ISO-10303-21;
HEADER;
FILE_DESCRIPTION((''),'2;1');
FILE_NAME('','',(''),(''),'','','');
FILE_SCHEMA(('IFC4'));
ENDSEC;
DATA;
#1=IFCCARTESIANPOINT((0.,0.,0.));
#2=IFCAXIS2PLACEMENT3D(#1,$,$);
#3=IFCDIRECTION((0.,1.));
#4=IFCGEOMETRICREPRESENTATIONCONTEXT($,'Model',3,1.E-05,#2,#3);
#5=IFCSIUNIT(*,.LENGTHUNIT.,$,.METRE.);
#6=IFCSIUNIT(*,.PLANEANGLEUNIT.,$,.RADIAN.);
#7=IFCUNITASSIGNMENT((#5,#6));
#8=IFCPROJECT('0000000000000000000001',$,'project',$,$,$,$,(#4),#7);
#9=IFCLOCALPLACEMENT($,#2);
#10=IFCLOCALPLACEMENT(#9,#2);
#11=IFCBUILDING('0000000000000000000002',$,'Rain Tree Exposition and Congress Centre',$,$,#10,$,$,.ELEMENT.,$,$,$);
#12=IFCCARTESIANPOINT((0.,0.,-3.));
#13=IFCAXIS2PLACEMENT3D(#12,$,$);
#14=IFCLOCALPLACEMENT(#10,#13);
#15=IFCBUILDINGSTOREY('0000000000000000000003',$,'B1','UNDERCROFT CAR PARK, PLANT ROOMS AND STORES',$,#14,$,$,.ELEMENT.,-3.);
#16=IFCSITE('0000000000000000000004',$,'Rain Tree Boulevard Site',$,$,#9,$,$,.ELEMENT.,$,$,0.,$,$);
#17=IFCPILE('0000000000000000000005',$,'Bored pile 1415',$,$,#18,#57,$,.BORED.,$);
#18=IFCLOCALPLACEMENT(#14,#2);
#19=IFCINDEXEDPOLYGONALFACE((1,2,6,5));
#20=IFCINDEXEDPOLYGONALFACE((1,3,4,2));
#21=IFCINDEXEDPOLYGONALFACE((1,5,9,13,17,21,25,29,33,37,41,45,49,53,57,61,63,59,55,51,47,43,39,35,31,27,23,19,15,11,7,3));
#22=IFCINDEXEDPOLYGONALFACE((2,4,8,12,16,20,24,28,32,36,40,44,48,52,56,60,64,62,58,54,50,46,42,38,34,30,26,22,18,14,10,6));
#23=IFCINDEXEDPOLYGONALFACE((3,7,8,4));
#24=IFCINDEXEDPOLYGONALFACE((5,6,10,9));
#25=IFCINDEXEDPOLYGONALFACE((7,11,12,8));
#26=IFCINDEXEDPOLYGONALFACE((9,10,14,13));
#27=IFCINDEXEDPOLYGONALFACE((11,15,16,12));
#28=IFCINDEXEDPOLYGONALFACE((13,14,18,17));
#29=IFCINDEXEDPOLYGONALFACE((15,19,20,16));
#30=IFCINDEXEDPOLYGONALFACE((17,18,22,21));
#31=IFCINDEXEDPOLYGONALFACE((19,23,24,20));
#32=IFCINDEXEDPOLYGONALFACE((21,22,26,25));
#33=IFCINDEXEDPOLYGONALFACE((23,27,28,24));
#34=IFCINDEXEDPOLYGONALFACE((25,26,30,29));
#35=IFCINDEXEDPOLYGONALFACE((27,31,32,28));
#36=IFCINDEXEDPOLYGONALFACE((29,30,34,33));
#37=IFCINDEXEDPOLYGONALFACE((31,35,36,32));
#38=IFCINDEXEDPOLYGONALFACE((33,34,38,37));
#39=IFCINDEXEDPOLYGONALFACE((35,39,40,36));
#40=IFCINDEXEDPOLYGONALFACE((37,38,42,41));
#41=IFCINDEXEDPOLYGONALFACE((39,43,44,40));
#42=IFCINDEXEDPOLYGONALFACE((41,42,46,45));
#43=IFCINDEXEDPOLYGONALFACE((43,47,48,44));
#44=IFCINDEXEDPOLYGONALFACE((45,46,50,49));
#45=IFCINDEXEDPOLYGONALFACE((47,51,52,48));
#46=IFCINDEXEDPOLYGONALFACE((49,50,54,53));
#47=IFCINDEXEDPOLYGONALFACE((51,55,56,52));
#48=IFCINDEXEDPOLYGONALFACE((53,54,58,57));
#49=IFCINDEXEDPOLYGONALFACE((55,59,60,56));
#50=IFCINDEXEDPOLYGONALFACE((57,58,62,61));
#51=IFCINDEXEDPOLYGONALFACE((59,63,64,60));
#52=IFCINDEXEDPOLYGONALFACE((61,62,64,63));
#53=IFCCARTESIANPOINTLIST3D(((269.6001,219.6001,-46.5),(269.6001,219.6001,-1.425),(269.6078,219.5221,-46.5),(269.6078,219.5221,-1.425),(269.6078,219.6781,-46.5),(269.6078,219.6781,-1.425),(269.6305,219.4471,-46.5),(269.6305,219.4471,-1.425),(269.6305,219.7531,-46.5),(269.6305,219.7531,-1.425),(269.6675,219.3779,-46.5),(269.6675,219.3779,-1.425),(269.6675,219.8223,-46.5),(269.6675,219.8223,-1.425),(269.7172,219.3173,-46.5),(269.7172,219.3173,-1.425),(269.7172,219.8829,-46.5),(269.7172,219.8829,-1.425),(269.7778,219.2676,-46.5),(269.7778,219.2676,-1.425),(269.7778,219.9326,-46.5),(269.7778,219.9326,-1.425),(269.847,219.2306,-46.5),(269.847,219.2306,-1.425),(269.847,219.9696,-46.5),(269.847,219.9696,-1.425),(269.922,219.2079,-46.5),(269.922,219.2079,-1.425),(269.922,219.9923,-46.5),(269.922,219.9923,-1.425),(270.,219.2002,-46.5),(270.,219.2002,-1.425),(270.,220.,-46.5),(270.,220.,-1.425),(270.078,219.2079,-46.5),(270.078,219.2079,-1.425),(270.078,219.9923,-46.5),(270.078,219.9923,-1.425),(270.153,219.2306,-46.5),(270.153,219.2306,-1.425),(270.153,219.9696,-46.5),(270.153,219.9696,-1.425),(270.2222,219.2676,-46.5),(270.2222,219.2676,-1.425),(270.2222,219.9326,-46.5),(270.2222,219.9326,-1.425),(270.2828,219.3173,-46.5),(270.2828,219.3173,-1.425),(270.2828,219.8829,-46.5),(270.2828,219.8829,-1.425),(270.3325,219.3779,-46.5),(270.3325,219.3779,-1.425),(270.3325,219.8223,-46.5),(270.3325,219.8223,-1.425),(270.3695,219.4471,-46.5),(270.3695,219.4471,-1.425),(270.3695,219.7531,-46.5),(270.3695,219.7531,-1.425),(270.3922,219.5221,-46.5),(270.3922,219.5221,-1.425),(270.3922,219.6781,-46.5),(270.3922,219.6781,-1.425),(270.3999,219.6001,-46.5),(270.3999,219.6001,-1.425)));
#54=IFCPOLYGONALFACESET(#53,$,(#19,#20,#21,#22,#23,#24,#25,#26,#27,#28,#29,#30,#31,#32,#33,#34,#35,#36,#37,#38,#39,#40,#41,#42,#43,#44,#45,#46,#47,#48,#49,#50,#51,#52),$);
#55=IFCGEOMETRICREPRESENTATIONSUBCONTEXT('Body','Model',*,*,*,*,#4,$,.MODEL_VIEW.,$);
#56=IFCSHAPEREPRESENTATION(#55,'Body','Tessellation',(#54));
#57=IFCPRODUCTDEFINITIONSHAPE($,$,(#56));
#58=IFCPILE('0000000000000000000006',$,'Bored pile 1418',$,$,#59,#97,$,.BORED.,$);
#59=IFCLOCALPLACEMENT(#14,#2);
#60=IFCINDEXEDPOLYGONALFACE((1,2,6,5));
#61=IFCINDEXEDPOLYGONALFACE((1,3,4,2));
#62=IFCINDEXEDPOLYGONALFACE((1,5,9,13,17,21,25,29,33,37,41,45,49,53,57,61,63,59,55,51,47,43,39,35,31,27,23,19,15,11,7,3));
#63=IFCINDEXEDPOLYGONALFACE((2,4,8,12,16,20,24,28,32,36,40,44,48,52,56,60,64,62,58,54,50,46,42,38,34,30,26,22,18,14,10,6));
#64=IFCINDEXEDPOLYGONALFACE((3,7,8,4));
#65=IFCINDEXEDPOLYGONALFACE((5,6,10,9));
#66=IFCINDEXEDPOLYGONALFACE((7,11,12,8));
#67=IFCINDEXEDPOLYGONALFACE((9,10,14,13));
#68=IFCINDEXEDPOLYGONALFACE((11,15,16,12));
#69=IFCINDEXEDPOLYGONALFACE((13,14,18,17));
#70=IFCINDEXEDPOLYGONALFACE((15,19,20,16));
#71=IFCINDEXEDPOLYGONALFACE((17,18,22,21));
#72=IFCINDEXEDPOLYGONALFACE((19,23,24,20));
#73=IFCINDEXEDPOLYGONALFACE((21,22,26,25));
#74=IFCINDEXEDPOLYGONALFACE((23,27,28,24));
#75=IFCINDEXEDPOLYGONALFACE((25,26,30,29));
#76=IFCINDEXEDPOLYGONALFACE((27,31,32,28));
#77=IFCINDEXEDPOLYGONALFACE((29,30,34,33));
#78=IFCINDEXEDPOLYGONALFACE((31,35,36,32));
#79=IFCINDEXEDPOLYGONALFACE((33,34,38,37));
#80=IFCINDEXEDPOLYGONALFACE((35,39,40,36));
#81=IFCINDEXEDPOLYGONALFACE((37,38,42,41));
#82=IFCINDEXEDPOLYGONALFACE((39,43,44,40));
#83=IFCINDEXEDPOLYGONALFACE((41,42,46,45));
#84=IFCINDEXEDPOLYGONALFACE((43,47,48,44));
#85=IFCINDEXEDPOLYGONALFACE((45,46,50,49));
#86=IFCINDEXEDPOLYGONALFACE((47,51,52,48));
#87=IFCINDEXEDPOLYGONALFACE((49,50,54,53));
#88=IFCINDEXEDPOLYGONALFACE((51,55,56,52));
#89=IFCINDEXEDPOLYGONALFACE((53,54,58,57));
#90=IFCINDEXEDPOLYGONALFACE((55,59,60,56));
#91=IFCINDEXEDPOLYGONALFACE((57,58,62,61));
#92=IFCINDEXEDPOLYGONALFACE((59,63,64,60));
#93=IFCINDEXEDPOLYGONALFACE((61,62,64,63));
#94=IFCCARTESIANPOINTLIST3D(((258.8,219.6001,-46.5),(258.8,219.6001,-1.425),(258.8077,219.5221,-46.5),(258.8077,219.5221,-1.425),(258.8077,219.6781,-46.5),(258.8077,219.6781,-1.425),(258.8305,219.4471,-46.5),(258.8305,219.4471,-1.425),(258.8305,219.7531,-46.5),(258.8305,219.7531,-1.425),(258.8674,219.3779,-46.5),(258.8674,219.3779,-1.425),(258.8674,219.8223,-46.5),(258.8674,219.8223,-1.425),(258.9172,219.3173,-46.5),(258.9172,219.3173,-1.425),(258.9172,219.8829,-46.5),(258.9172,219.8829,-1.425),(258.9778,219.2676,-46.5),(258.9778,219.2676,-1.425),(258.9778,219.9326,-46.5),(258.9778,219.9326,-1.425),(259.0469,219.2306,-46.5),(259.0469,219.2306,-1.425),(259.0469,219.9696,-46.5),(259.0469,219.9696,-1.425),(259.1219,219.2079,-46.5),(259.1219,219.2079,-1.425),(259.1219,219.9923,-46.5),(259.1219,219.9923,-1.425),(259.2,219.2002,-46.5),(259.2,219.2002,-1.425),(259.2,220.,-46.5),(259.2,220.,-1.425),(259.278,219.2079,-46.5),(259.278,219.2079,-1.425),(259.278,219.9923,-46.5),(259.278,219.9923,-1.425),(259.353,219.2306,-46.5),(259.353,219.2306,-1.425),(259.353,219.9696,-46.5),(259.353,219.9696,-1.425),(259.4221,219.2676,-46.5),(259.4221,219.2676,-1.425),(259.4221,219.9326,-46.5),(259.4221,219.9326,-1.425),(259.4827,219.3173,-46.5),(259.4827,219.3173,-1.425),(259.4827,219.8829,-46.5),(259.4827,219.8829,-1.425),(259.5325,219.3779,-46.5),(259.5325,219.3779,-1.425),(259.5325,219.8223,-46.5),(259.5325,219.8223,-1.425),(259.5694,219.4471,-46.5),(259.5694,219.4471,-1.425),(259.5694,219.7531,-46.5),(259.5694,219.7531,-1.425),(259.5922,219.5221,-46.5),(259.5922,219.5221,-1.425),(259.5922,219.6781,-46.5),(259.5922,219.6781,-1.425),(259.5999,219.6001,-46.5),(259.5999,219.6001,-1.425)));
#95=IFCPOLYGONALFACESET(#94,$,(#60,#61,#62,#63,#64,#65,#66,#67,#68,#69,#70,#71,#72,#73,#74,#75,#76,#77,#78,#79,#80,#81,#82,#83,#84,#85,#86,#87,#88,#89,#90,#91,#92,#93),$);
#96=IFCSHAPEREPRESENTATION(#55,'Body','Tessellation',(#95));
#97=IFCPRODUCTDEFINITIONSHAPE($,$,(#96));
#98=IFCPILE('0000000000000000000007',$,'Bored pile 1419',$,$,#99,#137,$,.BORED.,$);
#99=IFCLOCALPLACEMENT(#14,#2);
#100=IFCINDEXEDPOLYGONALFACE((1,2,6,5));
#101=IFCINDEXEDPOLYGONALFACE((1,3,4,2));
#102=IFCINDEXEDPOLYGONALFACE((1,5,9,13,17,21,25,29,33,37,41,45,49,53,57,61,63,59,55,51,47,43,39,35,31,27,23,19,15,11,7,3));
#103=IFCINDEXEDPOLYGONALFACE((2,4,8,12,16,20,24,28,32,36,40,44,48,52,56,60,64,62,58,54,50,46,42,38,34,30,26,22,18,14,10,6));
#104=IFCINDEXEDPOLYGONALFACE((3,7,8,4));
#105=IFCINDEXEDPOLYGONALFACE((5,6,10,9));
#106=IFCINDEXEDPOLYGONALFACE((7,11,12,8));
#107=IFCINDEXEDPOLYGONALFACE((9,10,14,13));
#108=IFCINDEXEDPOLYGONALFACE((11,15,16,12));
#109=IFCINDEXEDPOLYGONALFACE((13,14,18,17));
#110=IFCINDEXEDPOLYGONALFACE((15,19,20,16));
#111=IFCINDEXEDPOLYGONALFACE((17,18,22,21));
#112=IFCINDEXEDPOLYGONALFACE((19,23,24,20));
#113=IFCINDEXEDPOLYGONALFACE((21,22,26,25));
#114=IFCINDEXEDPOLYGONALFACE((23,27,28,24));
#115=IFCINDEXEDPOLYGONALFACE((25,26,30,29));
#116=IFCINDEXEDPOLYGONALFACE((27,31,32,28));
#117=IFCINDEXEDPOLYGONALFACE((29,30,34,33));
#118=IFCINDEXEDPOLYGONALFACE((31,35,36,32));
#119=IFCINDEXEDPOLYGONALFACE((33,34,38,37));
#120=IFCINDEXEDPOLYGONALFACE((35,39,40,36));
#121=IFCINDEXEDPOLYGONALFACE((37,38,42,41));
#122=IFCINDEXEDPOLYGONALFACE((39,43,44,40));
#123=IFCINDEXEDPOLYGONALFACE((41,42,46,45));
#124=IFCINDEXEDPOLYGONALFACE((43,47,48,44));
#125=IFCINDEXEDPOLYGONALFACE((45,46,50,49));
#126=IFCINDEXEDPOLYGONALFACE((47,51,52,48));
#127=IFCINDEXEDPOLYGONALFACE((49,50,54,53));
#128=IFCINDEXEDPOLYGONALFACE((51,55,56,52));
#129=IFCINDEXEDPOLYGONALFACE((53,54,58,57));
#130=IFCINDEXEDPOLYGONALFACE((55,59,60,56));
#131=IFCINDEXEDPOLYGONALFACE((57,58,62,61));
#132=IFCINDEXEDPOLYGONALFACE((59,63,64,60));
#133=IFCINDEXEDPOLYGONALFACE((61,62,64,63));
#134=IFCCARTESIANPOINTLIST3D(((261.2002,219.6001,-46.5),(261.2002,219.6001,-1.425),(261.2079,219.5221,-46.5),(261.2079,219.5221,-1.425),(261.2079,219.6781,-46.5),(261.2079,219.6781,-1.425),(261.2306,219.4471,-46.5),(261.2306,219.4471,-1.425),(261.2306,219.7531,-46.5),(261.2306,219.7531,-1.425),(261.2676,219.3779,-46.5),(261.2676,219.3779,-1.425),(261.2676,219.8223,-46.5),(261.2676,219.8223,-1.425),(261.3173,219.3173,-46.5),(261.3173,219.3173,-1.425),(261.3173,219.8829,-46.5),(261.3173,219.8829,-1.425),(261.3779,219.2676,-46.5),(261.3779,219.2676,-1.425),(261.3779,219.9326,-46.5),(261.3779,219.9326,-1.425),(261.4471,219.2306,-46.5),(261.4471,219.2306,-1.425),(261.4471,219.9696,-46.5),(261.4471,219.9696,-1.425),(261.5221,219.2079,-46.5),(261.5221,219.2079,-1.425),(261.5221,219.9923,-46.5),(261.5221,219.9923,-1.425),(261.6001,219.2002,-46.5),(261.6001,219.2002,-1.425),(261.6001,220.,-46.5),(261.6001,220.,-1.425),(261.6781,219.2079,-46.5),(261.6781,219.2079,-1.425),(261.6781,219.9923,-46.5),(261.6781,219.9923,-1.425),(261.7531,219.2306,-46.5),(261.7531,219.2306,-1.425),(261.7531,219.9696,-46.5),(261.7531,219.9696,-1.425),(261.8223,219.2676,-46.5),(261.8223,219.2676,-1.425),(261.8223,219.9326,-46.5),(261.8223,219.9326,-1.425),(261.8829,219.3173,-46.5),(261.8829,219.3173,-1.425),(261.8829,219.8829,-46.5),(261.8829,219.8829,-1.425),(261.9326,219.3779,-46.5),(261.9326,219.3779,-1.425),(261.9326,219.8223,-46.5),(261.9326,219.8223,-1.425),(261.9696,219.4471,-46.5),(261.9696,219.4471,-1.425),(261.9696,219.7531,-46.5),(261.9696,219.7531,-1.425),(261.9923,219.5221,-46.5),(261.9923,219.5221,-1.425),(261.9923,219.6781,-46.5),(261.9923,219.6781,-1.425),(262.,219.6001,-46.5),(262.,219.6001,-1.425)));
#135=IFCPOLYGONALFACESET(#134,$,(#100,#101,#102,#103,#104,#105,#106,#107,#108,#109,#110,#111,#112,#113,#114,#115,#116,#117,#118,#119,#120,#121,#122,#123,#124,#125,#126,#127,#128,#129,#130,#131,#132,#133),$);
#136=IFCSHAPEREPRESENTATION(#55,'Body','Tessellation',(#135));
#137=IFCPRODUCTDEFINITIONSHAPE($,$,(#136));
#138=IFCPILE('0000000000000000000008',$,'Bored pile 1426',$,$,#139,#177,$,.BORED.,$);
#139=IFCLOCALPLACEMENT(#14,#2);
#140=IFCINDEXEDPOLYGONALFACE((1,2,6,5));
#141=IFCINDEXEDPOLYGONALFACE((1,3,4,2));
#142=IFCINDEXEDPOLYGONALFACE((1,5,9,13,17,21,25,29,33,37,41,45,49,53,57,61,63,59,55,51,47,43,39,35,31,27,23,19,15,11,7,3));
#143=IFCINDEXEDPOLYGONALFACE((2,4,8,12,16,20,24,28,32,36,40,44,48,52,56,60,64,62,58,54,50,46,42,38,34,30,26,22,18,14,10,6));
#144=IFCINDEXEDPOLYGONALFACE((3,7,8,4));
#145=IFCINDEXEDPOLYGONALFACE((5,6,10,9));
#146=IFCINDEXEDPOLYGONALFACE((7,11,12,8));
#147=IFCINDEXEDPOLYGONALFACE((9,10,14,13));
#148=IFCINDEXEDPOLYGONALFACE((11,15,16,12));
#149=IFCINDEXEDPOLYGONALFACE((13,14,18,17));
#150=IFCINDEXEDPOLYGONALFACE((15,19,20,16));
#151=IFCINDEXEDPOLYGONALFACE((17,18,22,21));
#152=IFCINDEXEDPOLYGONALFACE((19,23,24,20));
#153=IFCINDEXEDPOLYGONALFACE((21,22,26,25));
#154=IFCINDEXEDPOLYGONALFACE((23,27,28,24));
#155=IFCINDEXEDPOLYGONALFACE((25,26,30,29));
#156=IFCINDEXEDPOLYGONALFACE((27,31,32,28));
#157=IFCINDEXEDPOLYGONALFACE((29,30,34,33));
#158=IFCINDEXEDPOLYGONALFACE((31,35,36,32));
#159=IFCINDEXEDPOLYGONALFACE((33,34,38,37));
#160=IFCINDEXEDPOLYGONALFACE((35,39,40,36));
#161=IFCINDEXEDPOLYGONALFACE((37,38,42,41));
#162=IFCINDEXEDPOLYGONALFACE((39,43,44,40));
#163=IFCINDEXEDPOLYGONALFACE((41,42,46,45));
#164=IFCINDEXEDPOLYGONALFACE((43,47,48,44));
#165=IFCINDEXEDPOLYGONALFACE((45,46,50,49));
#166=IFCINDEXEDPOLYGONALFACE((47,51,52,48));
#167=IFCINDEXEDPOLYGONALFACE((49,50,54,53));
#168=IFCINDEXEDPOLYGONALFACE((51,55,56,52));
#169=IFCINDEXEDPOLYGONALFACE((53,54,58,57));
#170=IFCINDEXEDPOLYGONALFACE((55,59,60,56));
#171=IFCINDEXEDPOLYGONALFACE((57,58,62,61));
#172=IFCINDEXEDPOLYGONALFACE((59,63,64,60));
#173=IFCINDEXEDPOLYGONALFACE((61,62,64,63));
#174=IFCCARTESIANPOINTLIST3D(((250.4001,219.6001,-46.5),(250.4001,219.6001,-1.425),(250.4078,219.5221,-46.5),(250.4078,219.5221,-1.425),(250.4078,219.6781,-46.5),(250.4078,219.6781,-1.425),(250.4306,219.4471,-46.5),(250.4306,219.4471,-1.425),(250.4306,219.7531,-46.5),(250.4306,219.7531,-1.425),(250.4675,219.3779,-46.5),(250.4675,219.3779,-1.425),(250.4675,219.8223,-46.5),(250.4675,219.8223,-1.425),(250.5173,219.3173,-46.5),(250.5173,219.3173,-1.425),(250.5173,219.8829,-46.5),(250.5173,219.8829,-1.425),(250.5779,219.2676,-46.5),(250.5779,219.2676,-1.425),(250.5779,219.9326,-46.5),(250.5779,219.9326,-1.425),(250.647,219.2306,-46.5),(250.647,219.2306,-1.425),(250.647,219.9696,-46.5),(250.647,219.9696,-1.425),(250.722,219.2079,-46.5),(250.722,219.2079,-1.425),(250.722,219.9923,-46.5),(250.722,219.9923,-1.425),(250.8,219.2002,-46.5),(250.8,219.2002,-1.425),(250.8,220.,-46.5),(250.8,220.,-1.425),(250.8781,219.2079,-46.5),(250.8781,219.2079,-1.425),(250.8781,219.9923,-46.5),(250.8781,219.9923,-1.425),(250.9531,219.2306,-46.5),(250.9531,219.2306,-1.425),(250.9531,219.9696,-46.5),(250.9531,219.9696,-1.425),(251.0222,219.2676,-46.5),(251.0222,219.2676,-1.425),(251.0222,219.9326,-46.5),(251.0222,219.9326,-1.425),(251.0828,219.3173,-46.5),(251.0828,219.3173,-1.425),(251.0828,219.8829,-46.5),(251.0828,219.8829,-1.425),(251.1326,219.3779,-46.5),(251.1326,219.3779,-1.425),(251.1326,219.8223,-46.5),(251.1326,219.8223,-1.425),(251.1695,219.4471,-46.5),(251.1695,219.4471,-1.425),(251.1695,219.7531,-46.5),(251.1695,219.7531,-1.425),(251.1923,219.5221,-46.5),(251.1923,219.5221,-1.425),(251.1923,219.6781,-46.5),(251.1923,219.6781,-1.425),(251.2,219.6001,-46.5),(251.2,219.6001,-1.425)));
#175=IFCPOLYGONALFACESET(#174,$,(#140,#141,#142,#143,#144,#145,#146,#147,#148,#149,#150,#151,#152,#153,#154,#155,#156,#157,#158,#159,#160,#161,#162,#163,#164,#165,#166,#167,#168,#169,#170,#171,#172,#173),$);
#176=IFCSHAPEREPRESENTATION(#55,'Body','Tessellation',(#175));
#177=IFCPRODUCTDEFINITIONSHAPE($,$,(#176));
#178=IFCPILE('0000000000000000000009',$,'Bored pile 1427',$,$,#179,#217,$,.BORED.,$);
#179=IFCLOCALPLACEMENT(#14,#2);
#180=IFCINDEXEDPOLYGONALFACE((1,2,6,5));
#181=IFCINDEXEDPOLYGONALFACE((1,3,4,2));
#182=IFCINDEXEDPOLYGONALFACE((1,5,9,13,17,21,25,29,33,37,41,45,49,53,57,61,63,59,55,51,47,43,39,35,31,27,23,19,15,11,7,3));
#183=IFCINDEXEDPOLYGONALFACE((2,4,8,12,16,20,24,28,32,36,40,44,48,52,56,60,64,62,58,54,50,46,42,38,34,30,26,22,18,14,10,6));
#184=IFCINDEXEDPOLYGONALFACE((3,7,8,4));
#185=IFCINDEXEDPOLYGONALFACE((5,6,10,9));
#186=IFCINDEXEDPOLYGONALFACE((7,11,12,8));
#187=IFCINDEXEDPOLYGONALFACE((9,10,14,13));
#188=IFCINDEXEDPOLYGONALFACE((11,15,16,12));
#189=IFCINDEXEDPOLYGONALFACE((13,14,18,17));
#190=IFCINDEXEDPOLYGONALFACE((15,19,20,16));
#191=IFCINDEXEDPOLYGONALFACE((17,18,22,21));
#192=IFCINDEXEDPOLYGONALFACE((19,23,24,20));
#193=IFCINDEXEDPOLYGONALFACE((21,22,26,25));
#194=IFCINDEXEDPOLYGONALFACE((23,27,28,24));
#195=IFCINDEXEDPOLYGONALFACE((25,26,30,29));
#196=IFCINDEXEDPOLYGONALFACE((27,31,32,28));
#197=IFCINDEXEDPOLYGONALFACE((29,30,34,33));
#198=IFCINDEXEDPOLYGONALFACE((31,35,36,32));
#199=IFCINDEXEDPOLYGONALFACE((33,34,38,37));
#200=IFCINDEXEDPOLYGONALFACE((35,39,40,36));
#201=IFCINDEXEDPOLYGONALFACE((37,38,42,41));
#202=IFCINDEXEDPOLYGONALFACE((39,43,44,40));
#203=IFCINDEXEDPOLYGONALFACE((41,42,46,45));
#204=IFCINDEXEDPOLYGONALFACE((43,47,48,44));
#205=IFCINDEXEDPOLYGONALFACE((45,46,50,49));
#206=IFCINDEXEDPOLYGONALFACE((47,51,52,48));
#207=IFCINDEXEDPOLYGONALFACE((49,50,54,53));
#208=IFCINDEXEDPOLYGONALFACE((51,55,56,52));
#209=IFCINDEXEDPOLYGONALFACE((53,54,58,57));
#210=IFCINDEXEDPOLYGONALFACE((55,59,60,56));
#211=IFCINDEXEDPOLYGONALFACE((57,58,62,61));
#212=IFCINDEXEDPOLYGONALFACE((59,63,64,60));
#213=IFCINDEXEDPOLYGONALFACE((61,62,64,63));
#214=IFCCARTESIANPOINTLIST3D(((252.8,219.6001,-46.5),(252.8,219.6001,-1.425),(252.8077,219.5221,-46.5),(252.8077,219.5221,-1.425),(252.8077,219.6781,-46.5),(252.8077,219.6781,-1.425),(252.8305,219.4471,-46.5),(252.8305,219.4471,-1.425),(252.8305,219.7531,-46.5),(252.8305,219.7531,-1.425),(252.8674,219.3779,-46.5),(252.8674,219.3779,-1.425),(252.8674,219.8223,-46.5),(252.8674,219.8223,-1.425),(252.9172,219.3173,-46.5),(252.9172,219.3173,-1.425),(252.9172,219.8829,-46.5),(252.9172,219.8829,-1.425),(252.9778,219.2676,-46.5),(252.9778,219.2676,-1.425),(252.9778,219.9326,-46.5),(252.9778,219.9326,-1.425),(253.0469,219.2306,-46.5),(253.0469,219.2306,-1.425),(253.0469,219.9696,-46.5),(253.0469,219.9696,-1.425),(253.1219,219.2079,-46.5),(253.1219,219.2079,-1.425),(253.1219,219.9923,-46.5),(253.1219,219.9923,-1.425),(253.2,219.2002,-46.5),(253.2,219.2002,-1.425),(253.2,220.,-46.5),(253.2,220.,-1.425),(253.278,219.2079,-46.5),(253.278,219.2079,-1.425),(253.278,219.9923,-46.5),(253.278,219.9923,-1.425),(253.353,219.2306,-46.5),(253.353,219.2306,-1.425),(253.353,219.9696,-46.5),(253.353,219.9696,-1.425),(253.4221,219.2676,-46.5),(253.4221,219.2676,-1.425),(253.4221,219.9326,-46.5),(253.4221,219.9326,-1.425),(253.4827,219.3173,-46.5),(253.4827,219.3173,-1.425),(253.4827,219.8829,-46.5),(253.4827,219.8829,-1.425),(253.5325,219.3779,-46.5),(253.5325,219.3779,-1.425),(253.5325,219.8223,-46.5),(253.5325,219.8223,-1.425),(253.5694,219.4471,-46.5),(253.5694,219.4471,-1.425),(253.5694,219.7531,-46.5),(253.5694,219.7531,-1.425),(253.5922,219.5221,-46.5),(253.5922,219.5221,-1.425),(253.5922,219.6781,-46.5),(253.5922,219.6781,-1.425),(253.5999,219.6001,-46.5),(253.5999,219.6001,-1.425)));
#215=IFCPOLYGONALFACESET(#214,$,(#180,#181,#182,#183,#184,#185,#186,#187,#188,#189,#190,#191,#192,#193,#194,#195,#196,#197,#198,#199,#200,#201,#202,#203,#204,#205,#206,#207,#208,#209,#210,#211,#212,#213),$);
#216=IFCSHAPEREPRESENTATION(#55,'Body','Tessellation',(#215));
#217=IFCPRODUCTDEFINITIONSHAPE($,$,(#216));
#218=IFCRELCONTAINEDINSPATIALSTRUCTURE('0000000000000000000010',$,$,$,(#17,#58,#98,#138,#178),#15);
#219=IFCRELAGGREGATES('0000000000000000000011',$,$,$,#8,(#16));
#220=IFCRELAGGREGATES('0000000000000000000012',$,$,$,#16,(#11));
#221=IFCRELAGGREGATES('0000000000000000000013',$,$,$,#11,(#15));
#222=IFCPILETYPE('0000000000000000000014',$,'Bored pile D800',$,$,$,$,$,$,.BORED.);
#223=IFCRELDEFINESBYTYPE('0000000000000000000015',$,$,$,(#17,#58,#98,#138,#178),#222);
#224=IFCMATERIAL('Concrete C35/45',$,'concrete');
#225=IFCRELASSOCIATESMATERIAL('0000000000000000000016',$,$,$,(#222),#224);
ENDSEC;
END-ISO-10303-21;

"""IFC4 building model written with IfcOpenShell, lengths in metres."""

from ifc_helpers import new_model, si_unit, direction, frame, origin, origin_2d, place, context, subcontext, project, spatial, circle, extrude, material, material_profile, profile_set, type_object, element, save


model = new_model("IFC4")

# Units and contexts
model_context = context("Model", 3, precision=1e-05, world=origin(), true_north=direction((0.0, 1.0)))
body_context = subcontext(model_context, "Body", "Model", "MODEL_VIEW")
ifc_project = project(units=[si_unit("LENGTHUNIT", "METRE"), si_unit("PLANEANGLEUNIT", "RADIAN")], contexts=[model_context])

# Site, building, storey
site_placement = place(None, origin())
site = spatial("IfcSite", under=ifc_project, at=site_placement, Name="Rain Tree Boulevard Site", CompositionType="ELEMENT", RefElevation=0.0)
building_placement = place(site_placement, origin())
building = spatial("IfcBuilding", under=site, at=building_placement, Name="Rain Tree Exposition and Congress Centre", CompositionType="ELEMENT")
storey_placement = place(building_placement, frame((0.0, 0.0, -3.0)))
storey = spatial("IfcBuildingStorey", under=building, at=storey_placement, Name="B1", Description="UNDERCROFT CAR PARK, PLANT ROOMS AND STORES", CompositionType="ELEMENT", Elevation=-3.0)

# Piles
ifc_material_1 = material(Name="Concrete C35/45", Category="concrete")
ifc_material_profile_1 = material_profile(ifc_material_1, circle(Radius=0.3999, at=origin_2d()), Name="D800")
ifc_profile_set_1 = profile_set([ifc_material_profile_1], Name="Concrete C35/45")
pile_type_1 = type_object("IfcPileType", Name="Bored pile D800", PredefinedType="BORED", material=ifc_profile_set_1)
for number, where, z_axis, x_axis, name in (
    (1, (270.0, 219.6001, -1.425), (0.0, 0.0, -1.0), (1.0, 0.0, 0.0), "Bored pile 1415"),
    (2, (259.2, 219.6001, -1.425), (0.0, 0.0, -1.0), (1.0, 0.0, 0.0), "Bored pile 1418"),
    (3, (261.6001, 219.6001, -1.425), (0.0, 0.0, -1.0), (1.0, 0.0, 0.0), "Bored pile 1419"),
    (4, (250.8, 219.6001, -1.425), (0.0, 0.0, -1.0), (1.0, 0.0, 0.0), "Bored pile 1426"),
    (5, (253.2, 219.6001, -1.425), (0.0, 0.0, -1.0), (1.0, 0.0, 0.0), "Bored pile 1427"),
):
    element("IfcPile", number, at=place(storey_placement, frame(where, z_axis=z_axis, x_axis=x_axis)), inside=storey, type_object=pile_type_1, Name=name, PredefinedType="BORED", context=body_context, shape_type="SweptSolid", body=[
        extrude(circle(Radius=0.3999, at=origin_2d()), origin(), (0.0, 0.0, 1.0), 45.075),
    ])

save(model, "model.ifc")
